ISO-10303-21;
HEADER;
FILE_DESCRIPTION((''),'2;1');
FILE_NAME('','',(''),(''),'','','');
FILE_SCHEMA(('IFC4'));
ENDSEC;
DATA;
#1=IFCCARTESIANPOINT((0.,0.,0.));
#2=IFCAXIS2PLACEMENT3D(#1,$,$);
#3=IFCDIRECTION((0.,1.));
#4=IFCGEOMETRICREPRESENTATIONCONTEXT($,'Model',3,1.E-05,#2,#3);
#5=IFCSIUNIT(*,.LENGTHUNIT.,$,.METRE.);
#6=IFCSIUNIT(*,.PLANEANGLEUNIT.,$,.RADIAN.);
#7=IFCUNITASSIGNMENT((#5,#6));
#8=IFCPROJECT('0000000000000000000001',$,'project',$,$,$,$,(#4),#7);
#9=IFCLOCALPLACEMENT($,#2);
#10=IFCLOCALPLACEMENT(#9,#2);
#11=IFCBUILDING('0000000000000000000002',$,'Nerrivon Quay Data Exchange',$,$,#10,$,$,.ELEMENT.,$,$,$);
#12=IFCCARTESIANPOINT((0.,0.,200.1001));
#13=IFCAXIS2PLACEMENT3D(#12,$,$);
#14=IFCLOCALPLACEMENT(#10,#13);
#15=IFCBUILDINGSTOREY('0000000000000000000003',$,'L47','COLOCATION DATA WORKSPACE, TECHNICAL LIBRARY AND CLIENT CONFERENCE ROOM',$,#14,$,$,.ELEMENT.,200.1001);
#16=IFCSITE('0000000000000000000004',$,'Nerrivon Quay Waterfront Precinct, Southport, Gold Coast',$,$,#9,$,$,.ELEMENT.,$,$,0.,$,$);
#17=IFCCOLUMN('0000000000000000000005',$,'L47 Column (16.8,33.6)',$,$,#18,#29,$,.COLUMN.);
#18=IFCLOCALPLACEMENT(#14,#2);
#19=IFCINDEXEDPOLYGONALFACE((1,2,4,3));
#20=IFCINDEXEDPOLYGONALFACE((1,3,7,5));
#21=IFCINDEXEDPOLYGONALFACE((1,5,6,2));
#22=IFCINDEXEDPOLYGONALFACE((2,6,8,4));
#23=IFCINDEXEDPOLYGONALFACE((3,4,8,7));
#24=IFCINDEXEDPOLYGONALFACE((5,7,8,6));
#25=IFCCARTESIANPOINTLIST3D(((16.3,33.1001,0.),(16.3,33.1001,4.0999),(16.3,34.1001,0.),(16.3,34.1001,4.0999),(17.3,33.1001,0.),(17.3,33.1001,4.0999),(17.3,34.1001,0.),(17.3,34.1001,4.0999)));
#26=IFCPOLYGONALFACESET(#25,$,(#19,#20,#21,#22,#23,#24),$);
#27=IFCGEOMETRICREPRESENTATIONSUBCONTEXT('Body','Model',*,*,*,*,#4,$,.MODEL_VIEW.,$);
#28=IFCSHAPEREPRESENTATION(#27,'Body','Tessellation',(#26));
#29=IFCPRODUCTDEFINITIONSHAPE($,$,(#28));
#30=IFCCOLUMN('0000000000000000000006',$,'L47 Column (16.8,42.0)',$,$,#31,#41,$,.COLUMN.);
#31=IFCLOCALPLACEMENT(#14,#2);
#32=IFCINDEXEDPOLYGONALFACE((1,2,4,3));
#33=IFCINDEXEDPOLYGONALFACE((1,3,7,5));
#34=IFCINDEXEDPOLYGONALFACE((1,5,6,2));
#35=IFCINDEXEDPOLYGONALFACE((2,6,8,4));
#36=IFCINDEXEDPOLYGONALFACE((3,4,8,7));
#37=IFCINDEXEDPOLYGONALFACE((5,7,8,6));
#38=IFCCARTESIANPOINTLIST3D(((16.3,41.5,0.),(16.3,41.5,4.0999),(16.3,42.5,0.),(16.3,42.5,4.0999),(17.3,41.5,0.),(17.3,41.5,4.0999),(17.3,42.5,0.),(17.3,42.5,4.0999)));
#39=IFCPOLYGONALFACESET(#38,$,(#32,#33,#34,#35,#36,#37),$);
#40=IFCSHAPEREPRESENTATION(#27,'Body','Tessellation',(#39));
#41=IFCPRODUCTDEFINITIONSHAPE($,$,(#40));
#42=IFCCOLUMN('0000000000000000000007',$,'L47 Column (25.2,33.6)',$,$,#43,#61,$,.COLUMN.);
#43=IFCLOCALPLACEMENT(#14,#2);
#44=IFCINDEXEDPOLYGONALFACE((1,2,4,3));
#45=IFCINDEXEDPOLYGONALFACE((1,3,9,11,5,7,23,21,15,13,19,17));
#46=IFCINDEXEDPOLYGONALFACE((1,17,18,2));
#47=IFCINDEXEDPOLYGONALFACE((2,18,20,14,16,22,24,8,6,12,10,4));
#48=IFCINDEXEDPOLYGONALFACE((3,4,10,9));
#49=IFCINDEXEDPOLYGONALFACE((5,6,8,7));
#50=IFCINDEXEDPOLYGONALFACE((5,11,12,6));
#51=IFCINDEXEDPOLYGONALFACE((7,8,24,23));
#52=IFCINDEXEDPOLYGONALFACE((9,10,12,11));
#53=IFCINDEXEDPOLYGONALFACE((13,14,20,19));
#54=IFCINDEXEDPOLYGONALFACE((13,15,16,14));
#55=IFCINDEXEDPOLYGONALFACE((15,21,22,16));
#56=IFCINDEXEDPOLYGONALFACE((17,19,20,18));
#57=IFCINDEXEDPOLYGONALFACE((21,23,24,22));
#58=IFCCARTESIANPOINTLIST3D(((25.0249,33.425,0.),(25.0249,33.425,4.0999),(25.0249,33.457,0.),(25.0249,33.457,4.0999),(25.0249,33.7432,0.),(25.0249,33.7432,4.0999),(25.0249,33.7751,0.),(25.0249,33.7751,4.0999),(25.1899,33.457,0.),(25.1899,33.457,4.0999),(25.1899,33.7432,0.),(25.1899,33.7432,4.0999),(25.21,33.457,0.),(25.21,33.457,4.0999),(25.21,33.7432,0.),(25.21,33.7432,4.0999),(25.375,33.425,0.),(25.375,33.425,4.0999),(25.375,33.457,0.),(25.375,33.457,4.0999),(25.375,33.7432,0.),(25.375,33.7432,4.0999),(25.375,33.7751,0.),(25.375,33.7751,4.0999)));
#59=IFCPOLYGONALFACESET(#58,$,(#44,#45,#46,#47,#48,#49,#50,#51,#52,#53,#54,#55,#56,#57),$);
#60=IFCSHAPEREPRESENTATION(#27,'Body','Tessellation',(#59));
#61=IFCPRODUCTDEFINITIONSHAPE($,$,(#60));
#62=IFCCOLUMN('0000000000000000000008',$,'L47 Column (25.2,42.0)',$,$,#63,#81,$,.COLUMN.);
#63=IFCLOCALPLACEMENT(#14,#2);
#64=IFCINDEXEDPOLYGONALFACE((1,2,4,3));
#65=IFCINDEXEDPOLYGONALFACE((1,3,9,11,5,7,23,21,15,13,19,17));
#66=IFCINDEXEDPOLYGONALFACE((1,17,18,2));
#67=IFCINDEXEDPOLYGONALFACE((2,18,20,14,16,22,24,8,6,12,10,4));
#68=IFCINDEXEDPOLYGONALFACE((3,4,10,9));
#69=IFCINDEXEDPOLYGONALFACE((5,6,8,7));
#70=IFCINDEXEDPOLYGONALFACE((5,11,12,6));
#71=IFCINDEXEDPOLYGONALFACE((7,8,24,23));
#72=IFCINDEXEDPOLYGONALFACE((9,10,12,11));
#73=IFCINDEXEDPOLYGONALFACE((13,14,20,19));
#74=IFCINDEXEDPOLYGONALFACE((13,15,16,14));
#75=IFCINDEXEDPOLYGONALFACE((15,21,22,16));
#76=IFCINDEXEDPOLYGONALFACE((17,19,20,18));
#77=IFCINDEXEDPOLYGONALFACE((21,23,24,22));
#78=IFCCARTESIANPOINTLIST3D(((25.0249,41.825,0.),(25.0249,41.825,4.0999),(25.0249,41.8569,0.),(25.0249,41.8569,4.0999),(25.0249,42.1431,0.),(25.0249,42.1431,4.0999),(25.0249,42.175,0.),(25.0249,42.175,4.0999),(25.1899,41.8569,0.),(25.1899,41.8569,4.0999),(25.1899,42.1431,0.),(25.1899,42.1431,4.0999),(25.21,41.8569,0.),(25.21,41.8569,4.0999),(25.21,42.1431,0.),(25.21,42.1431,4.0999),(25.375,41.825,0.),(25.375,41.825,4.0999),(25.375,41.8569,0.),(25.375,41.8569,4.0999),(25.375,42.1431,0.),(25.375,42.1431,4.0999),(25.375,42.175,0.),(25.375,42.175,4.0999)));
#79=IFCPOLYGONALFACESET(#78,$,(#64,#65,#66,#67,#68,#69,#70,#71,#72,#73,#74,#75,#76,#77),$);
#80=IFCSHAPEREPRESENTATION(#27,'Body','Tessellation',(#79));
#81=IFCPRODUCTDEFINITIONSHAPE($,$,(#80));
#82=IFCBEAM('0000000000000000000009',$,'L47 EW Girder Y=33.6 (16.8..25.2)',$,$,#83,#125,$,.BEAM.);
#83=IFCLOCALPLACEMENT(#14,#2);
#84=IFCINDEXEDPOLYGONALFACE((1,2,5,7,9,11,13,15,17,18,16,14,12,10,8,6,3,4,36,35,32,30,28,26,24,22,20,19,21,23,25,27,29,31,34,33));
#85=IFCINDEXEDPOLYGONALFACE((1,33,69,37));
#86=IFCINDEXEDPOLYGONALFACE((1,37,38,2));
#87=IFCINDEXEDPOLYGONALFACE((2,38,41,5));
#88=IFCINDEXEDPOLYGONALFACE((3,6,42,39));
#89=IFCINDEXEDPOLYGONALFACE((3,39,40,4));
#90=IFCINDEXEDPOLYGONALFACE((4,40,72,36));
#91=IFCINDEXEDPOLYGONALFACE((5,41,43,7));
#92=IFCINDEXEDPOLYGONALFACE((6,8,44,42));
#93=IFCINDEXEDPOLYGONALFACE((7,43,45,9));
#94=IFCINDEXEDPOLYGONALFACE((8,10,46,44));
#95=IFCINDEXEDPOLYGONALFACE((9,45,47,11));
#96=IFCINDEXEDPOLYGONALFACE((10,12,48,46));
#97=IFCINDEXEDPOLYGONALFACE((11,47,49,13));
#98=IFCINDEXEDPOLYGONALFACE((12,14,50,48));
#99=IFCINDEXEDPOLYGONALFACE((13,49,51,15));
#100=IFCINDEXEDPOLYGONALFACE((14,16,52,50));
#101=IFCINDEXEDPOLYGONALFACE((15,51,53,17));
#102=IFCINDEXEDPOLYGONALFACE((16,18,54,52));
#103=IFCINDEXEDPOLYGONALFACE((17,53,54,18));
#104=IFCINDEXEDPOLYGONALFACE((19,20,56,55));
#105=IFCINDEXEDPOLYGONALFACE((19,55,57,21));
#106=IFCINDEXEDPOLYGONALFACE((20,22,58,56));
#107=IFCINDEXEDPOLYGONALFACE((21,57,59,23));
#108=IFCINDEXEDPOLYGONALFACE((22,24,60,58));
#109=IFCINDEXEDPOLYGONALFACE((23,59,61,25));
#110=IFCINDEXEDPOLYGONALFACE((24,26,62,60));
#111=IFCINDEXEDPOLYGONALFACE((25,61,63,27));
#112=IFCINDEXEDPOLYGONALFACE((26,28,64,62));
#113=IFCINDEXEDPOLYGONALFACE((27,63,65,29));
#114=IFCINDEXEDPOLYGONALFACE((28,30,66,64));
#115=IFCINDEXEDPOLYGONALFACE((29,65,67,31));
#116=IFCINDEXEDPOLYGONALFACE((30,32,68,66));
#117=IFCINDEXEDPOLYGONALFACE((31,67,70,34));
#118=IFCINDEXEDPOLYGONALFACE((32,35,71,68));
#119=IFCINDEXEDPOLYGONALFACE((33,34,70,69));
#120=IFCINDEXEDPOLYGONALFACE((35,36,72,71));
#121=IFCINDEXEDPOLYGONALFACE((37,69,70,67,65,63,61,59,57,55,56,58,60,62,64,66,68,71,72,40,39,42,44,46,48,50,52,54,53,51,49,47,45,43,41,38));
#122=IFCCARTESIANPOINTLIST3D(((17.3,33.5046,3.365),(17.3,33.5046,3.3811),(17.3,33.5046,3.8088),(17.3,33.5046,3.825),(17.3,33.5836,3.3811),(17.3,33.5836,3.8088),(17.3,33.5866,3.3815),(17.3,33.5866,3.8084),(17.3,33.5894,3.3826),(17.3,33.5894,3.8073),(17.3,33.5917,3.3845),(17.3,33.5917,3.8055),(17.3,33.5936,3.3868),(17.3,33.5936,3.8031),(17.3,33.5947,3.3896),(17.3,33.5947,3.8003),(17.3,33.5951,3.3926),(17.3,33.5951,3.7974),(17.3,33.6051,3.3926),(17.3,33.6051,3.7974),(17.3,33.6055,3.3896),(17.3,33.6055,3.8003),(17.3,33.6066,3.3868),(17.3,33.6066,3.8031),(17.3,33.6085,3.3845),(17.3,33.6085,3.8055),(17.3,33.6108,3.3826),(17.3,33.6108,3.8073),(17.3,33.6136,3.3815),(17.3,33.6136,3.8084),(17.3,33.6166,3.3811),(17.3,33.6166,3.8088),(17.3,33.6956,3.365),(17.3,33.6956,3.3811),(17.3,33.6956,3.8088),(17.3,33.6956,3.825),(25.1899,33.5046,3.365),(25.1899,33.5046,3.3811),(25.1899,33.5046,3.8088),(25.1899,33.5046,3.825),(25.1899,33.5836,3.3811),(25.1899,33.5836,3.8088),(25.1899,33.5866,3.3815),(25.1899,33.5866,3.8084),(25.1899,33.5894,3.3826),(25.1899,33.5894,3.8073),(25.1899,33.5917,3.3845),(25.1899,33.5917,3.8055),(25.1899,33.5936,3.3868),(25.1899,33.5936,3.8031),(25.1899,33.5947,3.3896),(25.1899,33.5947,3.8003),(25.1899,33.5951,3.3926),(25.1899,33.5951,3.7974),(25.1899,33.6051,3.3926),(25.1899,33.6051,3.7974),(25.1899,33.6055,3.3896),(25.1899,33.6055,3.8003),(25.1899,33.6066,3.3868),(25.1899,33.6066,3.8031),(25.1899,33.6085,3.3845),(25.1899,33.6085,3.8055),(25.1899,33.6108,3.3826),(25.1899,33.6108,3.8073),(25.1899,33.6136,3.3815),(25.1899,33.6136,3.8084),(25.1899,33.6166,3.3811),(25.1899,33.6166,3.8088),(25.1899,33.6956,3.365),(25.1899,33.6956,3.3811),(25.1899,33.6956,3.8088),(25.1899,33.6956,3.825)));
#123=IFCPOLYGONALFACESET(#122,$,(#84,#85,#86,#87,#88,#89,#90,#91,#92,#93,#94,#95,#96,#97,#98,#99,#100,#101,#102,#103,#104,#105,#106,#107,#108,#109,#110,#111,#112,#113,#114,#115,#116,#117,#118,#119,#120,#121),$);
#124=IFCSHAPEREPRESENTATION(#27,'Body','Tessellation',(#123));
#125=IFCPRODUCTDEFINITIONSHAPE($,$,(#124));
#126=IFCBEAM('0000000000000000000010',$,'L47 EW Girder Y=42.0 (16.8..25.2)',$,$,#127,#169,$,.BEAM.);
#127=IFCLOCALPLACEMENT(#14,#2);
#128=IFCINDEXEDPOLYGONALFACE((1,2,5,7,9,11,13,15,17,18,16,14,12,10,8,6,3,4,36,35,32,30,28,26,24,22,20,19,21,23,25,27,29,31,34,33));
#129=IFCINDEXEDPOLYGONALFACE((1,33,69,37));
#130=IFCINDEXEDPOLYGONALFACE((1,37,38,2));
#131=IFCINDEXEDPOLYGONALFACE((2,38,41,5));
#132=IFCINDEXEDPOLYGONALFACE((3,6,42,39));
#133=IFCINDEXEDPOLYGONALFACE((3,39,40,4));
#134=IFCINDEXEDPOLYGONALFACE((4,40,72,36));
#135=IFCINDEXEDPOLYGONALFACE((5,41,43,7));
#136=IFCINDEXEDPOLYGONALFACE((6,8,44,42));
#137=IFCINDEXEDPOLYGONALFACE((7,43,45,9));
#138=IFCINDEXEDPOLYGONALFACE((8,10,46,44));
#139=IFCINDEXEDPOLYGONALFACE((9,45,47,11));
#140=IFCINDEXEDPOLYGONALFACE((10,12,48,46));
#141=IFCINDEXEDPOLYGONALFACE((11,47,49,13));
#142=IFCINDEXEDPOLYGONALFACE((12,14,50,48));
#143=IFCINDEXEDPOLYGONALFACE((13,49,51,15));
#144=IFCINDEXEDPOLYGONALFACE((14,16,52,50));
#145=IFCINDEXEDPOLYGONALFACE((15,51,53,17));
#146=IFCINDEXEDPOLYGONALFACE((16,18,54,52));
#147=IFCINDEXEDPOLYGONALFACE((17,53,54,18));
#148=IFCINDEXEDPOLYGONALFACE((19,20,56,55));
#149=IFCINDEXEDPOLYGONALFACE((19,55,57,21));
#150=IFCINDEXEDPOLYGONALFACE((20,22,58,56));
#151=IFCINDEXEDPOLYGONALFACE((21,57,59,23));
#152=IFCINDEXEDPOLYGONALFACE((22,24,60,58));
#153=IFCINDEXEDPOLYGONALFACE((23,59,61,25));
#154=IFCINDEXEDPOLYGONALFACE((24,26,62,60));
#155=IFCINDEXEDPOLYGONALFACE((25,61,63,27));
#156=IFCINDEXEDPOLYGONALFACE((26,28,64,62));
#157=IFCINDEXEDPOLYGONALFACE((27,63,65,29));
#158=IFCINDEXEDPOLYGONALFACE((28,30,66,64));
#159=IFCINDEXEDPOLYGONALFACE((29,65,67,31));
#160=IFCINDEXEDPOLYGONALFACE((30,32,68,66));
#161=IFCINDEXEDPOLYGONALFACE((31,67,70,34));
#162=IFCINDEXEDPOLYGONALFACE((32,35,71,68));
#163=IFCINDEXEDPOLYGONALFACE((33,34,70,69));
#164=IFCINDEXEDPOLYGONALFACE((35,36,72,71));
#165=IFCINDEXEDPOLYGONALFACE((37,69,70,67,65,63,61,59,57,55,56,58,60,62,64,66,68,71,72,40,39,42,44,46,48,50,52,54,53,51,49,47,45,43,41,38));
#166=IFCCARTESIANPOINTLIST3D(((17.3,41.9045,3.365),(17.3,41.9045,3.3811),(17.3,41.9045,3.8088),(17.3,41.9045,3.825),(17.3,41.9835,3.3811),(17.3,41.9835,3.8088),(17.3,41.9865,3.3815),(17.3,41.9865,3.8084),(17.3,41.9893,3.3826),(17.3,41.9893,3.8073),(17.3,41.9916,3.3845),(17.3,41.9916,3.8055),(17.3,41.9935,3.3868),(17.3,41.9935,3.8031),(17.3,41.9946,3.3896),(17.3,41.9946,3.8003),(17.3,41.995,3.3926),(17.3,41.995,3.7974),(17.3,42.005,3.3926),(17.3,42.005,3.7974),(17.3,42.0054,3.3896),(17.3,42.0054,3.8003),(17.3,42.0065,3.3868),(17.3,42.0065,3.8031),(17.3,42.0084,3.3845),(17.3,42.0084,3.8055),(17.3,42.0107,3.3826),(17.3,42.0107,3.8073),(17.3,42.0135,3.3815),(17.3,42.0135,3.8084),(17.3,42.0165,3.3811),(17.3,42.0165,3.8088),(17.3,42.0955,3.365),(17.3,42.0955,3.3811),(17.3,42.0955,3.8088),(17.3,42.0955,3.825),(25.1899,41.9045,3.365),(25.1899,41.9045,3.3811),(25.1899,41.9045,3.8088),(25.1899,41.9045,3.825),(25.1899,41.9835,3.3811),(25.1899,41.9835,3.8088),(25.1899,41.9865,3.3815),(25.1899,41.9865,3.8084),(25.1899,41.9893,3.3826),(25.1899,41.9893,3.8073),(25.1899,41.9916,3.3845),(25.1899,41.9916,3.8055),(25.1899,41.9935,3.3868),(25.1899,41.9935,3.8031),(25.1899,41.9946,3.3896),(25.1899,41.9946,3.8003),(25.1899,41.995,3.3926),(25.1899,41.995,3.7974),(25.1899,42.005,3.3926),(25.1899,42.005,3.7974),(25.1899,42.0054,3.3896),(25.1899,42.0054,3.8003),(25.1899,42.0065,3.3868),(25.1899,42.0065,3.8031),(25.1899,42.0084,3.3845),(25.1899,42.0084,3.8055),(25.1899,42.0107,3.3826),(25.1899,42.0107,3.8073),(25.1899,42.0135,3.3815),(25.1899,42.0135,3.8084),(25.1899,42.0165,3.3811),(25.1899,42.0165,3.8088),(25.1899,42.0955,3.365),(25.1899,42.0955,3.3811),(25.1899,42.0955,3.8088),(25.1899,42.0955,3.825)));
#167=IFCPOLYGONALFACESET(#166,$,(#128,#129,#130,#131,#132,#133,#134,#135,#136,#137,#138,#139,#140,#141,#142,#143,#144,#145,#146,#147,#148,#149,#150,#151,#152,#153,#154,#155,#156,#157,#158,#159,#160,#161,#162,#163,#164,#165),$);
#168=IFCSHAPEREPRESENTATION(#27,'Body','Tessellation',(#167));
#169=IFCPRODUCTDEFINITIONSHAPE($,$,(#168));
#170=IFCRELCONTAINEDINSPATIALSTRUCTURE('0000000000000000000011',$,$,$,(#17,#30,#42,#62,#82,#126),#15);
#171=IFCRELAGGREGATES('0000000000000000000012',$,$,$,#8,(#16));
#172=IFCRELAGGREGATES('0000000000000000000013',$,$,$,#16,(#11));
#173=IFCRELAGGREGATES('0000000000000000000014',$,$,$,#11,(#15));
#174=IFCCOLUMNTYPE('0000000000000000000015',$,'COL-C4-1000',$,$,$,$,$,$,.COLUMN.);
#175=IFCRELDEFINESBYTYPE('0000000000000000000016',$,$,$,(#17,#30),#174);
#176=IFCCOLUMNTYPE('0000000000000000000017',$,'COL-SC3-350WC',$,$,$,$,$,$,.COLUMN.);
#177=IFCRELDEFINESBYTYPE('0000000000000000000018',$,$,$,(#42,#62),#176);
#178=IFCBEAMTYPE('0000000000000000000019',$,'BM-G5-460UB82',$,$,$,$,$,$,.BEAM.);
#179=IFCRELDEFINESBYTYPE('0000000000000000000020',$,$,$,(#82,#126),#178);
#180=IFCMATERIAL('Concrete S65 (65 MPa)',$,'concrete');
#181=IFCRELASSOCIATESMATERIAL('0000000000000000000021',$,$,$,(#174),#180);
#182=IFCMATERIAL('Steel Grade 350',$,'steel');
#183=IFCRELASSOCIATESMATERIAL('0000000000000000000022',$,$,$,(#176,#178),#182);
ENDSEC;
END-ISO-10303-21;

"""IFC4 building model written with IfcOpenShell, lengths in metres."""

from ifc_helpers import new_model, si_unit, direction, frame, origin, origin_2d, place, context, subcontext, project, spatial, rectangle, i_section, extrude, material, material_profile, profile_set, type_object, element, save


model = new_model("IFC4")

# Units and contexts
model_context = context("Model", 3, precision=1e-05, world=origin(), true_north=direction((0.0, 1.0)))
body_context = subcontext(model_context, "Body", "Model", "MODEL_VIEW")
ifc_project = project(units=[si_unit("LENGTHUNIT", "METRE"), si_unit("PLANEANGLEUNIT", "RADIAN")], contexts=[model_context])

# Site, building, storey
site_placement = place(None, origin())
site = spatial("IfcSite", under=ifc_project, at=site_placement, Name="Nerrivon Quay Waterfront Precinct, Southport, Gold Coast", CompositionType="ELEMENT", RefElevation=0.0)
building_placement = place(site_placement, origin())
building = spatial("IfcBuilding", under=site, at=building_placement, Name="Nerrivon Quay Data Exchange", CompositionType="ELEMENT")
storey_placement = place(building_placement, frame((0.0, 0.0, 200.1001)))
storey = spatial("IfcBuildingStorey", under=building, at=storey_placement, Name="L47", Description="COLOCATION DATA WORKSPACE, TECHNICAL LIBRARY AND CLIENT CONFERENCE ROOM", CompositionType="ELEMENT", Elevation=200.1001)

# Columns
ifc_material_1 = material(Name="Concrete S65 (65 MPa)", Category="concrete")
ifc_material_profile_1 = material_profile(ifc_material_1, rectangle(XDim=1.0, YDim=1.0, at=origin_2d()), Name="RC-COL-1000x1000")
ifc_profile_set_1 = profile_set([ifc_material_profile_1], Name="Concrete S65 (65 MPa)")
column_type_1 = type_object("IfcColumnType", Name="COL-C4-1000", PredefinedType="COLUMN", material=ifc_profile_set_1)
for number, where, z_axis, x_axis, name in (
    (1, (16.8, 33.6001, 0.0), (0.0, 0.0, 1.0), (1.0, 0.0, 0.0), "L47 Column (16.8,33.6)"),
    (2, (16.8, 42.0, 0.0), (0.0, 0.0, 1.0), (1.0, 0.0, 0.0), "L47 Column (16.8,42.0)"),
):
    element("IfcColumn", number, at=place(storey_placement, frame(where, z_axis=z_axis, x_axis=x_axis)), inside=storey, type_object=column_type_1, Name=name, PredefinedType="COLUMN", context=body_context, shape_type="SweptSolid", body=[
        extrude(rectangle(XDim=1.0, YDim=1.0, at=origin_2d()), origin(), (0.0, 0.0, 1.0), 4.0999),
    ])
ifc_material_2 = material(Name="Steel Grade 350", Category="steel")
ifc_material_profile_2 = material_profile(ifc_material_2, i_section(OverallWidth=0.3501, OverallDepth=0.3501, WebThickness=0.02, FlangeThickness=0.032, at=origin_2d()), Name="350WC230")
ifc_profile_set_2 = profile_set([ifc_material_profile_2], Name="Steel Grade 350")
column_type_2 = type_object("IfcColumnType", Name="COL-SC3-350WC", PredefinedType="COLUMN", material=ifc_profile_set_2)
for number, where, z_axis, x_axis, name in (
    (3, (25.2, 33.6001, 0.0), (0.0, 0.0, 1.0), (1.0, 0.0, 0.0), "L47 Column (25.2,33.6)"),
    (4, (25.2, 42.0, 0.0), (0.0, 0.0, 1.0), (1.0, 0.0, 0.0), "L47 Column (25.2,42.0)"),
):
    element("IfcColumn", number, at=place(storey_placement, frame(where, z_axis=z_axis, x_axis=x_axis)), inside=storey, type_object=column_type_2, Name=name, PredefinedType="COLUMN", context=body_context, shape_type="SweptSolid", body=[
        extrude(i_section(OverallWidth=0.3501, OverallDepth=0.3501, WebThickness=0.02, FlangeThickness=0.032, at=origin_2d()), origin(), (0.0, 0.0, 1.0), 4.0999),
    ])

# Beams
ifc_material_profile_3 = material_profile(ifc_material_2, i_section(OverallWidth=0.1909, OverallDepth=0.46, WebThickness=0.01, FlangeThickness=0.0161, FilletRadius=0.0115, at=origin_2d()), Name="460UB82.1")
ifc_profile_set_3 = profile_set([ifc_material_profile_3], Name="Steel Grade 350")
beam_type_1 = type_object("IfcBeamType", Name="BM-G5-460UB82", PredefinedType="BEAM", material=ifc_profile_set_3)
for number, where, z_axis, x_axis, name in (
    (5, (17.3, 33.6001, 3.595), (1.0, 0.0, 0.0), (0.0, 1.0, 0.0), "L47 EW Girder Y=33.6 (16.8..25.2)"),
    (6, (17.3, 42.0, 3.595), (1.0, 0.0, 0.0), (0.0, 1.0, 0.0), "L47 EW Girder Y=42.0 (16.8..25.2)"),
):
    element("IfcBeam", number, at=place(storey_placement, frame(where, z_axis=z_axis, x_axis=x_axis)), inside=storey, type_object=beam_type_1, Name=name, PredefinedType="BEAM", context=body_context, shape_type="SweptSolid", body=[
        extrude(i_section(OverallWidth=0.1909, OverallDepth=0.46, WebThickness=0.01, FlangeThickness=0.0161, FilletRadius=0.0115, at=origin_2d()), origin(), (0.0, 0.0, 1.0), 7.8899),
    ])

save(model, "model.ifc")
